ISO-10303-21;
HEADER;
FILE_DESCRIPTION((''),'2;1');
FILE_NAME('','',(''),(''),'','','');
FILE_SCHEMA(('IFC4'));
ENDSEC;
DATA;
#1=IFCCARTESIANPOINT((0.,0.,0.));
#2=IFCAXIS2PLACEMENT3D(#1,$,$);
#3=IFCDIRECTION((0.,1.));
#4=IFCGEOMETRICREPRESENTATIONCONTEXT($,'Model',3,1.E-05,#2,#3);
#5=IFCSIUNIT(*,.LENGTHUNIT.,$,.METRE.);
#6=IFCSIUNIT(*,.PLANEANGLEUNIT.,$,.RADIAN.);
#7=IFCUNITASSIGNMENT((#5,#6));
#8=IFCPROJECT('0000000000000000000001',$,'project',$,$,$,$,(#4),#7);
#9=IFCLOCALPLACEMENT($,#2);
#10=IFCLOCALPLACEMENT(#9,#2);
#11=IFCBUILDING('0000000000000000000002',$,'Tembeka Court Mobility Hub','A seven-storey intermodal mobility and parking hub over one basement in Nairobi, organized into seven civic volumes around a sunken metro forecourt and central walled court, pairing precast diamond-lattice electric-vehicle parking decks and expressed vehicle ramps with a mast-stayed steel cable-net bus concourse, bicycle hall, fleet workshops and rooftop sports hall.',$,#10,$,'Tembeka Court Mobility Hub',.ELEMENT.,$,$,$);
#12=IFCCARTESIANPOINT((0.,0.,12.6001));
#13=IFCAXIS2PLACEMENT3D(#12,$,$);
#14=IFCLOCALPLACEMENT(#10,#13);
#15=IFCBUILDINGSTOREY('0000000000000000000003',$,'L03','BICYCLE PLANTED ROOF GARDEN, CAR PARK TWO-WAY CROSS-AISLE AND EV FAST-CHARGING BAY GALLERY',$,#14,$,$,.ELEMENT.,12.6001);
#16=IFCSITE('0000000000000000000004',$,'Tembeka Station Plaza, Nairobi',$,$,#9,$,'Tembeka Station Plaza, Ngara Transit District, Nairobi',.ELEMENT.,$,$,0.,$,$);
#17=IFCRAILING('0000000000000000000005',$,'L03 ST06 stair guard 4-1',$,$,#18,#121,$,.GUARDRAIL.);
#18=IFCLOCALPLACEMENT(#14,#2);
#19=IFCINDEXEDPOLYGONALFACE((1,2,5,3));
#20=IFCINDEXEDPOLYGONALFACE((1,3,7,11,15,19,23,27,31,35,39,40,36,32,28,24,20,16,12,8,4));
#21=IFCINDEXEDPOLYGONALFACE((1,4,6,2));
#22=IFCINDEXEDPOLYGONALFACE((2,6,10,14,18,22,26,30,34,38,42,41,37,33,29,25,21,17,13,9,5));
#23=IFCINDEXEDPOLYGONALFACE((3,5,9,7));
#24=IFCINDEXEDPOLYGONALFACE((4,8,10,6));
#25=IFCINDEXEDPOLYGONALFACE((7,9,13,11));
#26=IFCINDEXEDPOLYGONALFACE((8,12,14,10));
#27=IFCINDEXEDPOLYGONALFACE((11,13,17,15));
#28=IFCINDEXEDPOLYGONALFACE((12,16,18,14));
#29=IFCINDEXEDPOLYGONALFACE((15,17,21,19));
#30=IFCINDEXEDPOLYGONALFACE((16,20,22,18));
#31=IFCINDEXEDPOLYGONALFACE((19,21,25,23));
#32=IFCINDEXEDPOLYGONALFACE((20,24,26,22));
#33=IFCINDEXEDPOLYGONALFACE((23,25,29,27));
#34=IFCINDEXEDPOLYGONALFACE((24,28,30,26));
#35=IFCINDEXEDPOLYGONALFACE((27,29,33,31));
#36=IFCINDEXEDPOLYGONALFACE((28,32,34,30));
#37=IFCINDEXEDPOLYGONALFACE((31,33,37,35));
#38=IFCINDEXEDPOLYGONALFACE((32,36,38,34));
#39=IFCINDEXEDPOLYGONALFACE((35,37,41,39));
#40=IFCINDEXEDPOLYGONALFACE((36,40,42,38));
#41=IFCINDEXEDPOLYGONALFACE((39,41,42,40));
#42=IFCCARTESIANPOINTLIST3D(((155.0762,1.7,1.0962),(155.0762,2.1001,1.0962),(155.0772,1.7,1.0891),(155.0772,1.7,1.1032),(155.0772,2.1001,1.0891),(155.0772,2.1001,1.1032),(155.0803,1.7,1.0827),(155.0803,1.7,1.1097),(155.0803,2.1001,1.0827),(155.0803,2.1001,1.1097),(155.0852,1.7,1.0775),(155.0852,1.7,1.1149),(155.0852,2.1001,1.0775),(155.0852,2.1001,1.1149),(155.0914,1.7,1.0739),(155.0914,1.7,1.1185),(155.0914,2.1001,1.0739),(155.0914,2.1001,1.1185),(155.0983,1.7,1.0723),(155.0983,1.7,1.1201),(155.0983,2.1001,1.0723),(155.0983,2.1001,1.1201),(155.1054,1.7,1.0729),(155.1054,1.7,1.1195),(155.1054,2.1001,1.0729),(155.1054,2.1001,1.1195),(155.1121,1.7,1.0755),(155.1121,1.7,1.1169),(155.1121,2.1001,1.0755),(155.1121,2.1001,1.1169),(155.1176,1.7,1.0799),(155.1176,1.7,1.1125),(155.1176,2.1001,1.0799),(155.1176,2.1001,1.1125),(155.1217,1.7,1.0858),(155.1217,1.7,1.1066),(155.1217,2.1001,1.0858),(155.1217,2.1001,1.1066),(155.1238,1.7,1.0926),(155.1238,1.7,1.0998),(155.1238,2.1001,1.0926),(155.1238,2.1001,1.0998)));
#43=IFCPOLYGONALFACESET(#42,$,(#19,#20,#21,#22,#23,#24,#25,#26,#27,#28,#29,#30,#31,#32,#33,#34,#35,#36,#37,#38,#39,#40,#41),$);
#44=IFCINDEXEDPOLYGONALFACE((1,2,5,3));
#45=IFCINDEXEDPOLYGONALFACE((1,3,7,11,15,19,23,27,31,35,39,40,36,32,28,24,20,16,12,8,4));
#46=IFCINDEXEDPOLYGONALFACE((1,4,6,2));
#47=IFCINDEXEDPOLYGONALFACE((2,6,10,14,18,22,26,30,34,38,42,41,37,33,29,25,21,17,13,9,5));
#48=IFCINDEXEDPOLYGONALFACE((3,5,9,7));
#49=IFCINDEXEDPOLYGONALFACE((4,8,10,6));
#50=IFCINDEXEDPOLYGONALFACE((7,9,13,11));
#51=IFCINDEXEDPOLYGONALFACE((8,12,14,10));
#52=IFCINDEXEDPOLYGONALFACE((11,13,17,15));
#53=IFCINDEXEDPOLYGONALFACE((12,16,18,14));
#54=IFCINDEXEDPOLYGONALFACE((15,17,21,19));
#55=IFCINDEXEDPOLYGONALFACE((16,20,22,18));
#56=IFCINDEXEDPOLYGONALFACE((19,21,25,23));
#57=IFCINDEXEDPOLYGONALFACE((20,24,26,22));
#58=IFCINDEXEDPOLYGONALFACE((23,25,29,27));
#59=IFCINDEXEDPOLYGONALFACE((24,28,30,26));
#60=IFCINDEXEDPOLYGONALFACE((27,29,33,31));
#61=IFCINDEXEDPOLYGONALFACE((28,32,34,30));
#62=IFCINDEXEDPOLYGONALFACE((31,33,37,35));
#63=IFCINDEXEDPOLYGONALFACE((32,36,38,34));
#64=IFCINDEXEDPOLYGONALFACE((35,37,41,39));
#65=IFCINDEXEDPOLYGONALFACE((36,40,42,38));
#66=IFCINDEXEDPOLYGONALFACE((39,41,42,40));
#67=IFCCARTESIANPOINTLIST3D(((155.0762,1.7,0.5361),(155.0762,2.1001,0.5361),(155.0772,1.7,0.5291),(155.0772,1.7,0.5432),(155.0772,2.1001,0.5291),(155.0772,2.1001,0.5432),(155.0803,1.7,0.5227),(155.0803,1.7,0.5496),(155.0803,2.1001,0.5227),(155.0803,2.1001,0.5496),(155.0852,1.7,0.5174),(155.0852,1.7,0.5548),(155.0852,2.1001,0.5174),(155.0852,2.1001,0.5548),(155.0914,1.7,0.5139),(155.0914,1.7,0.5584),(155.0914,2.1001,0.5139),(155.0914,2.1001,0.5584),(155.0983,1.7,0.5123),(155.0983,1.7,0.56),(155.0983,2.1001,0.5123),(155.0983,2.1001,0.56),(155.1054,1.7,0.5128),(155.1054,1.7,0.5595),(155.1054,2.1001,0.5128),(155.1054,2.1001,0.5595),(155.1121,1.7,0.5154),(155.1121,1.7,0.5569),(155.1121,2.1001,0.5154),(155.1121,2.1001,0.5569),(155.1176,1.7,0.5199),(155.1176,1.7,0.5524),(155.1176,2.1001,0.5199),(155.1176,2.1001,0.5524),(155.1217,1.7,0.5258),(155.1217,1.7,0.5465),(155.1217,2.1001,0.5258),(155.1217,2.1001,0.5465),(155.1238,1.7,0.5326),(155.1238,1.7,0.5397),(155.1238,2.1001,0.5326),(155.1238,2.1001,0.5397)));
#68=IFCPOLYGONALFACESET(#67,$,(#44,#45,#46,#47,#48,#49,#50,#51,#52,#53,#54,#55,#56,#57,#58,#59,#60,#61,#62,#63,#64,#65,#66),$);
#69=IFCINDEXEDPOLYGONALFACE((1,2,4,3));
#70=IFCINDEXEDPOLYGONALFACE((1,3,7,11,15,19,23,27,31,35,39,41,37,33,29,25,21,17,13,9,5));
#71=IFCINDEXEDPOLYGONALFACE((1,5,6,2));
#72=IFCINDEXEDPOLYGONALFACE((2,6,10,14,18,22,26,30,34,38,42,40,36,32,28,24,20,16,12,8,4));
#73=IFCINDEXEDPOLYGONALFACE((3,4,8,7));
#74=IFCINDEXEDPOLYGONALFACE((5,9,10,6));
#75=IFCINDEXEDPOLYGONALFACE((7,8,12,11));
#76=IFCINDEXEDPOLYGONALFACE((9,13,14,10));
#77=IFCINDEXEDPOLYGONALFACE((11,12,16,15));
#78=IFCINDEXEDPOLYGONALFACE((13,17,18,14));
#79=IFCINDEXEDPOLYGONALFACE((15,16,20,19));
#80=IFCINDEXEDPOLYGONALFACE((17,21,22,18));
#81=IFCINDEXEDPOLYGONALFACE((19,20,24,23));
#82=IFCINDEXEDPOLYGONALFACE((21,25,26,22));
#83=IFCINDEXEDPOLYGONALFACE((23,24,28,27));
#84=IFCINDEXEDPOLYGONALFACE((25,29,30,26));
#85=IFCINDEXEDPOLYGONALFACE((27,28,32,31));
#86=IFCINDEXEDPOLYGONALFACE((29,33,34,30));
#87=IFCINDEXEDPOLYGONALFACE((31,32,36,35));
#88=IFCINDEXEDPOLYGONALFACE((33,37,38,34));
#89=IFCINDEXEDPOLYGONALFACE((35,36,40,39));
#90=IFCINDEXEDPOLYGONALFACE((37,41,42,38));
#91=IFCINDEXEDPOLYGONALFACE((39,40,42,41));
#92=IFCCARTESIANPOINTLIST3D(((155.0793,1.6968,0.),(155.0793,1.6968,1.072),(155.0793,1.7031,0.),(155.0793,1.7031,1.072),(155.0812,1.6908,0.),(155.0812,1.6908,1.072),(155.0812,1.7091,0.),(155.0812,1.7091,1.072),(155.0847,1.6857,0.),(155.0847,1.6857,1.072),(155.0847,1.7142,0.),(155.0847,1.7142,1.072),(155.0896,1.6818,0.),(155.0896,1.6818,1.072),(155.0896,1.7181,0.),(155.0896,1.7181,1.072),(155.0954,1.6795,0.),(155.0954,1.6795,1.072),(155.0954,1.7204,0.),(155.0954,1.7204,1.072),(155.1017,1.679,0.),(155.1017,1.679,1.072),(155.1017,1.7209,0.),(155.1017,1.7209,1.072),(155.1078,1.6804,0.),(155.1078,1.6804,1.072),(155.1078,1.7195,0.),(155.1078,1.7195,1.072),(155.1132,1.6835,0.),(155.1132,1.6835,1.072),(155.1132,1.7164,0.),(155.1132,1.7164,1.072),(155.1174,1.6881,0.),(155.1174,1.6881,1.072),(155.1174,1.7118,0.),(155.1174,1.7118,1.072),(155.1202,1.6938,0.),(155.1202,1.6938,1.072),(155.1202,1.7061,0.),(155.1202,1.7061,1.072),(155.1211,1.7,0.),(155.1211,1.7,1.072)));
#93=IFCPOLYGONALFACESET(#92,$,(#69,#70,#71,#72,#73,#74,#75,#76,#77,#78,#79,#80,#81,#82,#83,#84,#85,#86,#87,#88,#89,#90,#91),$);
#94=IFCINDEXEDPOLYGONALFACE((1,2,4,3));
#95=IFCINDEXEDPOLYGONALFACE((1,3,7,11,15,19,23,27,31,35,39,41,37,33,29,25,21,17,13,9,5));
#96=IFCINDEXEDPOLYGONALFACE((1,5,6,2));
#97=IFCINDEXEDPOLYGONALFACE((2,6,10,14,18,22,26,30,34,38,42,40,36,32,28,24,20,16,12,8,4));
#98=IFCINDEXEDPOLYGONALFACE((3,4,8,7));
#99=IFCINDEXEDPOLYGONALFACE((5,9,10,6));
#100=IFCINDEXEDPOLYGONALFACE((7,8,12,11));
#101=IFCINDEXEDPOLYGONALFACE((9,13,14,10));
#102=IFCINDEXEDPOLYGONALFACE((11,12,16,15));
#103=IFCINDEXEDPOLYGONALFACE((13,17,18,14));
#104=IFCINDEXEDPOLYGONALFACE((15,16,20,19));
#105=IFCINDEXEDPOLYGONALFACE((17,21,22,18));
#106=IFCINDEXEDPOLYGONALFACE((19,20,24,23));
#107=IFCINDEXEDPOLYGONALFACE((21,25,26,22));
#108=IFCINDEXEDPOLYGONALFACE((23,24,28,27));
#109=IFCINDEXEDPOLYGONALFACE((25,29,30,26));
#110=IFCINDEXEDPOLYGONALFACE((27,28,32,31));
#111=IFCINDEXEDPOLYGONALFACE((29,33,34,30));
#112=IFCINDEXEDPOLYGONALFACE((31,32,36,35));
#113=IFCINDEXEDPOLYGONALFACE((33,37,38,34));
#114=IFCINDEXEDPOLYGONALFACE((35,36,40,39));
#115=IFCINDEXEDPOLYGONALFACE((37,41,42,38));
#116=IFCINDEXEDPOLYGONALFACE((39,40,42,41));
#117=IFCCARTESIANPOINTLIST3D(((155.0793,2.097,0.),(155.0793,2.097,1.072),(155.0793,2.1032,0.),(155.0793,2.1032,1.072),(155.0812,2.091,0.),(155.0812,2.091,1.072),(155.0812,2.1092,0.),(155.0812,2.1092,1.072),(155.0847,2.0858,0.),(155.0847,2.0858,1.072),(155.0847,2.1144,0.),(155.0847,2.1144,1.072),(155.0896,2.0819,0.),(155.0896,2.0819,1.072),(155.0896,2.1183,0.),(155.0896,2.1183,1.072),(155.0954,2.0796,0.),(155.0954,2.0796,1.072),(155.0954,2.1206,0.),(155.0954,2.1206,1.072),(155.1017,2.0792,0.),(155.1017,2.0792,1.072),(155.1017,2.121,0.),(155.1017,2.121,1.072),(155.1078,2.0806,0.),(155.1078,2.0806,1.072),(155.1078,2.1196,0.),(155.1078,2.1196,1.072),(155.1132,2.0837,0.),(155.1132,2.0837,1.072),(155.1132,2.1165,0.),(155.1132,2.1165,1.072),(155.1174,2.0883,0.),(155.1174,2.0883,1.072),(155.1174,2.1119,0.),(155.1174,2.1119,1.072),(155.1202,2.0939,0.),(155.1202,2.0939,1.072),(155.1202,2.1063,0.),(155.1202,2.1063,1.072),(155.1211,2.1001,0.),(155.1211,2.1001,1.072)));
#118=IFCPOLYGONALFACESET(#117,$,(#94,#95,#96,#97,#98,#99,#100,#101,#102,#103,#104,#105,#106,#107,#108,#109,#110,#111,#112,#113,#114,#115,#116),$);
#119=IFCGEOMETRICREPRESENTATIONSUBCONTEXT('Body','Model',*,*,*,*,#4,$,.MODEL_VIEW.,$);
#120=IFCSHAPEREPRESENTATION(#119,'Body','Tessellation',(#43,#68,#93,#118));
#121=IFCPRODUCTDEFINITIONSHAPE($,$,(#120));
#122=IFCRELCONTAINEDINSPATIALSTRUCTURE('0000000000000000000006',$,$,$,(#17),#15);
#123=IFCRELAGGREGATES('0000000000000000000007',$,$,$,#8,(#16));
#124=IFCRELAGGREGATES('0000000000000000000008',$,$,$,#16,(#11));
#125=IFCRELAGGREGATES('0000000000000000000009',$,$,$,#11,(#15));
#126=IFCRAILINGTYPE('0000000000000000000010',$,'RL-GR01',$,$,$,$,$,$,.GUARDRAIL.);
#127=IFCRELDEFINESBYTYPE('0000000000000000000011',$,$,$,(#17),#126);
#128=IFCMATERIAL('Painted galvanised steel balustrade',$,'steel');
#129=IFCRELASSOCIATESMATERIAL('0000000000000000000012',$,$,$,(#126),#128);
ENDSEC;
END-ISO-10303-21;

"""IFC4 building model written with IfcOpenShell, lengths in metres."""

from ifc_helpers import new_model, si_unit, direction, frame, origin, origin_2d, place, context, subcontext, project, spatial, circle, extrude, material, type_object, element, save


model = new_model("IFC4")

# Units and contexts
model_context = context("Model", 3, precision=1e-05, world=origin(), true_north=direction((0.0, 1.0)))
body_context = subcontext(model_context, "Body", "Model", "MODEL_VIEW")
ifc_project = project(units=[si_unit("LENGTHUNIT", "METRE"), si_unit("PLANEANGLEUNIT", "RADIAN")], contexts=[model_context])

# Site, building, storey
site_placement = place(None, origin())
site = spatial("IfcSite", under=ifc_project, at=site_placement, Name="Tembeka Station Plaza, Nairobi", LongName="Tembeka Station Plaza, Ngara Transit District, Nairobi", CompositionType="ELEMENT", RefElevation=0.0)
building_placement = place(site_placement, origin())
building = spatial("IfcBuilding", under=site, at=building_placement, Name="Tembeka Court Mobility Hub", Description="A seven-storey intermodal mobility and parking hub over one basement in Nairobi, organized into seven civic volumes around a sunken metro forecourt and central walled court, pairing precast diamond-lattice electric-vehicle parking decks and expressed vehicle ramps with a mast-stayed steel cable-net bus concourse, bicycle hall, fleet workshops and rooftop sports hall.", LongName="Tembeka Court Mobility Hub", CompositionType="ELEMENT")
storey_placement = place(building_placement, frame((0.0, 0.0, 12.6001)))
storey = spatial("IfcBuildingStorey", under=building, at=storey_placement, Name="L03", Description="BICYCLE PLANTED ROOF GARDEN, CAR PARK TWO-WAY CROSS-AISLE AND EV FAST-CHARGING BAY GALLERY", CompositionType="ELEMENT", Elevation=12.6001)

# Railing
ifc_material_1 = material(Name="Painted galvanised steel balustrade", Category="steel")
railing_type = type_object("IfcRailingType", Name="RL-GR01", PredefinedType="GUARDRAIL", material=ifc_material_1)
railing_1_placement = place(storey_placement, frame((155.1001, 1.7, 0.0)))
element("IfcRailing", 1, at=railing_1_placement, inside=storey, type_object=railing_type, Name="L03 ST06 stair guard 4-1", PredefinedType="GUARDRAIL", context=body_context, shape_type="SweptSolid", body=[
    extrude(circle(Radius=0.0239, at=origin_2d()), frame((0.0, 0.0, 1.0962), z_axis=(0.0, 1.0, 0.0), x_axis=(-1.0, 0.0, 0.0)), (0.0, 0.0, 1.0), 0.4001),
    extrude(circle(Radius=0.0239, at=origin_2d()), frame((0.0, 0.0, 0.5361), z_axis=(0.0, 1.0, 0.0), x_axis=(-1.0, 0.0, 0.0)), (0.0, 0.0, 1.0), 0.4001),
    extrude(circle(Radius=0.021, at=origin_2d()), origin(), (0.0, 0.0, 1.0), 1.072),
    extrude(circle(Radius=0.021, at=origin_2d()), frame((0.0, 0.4001, 0.0)), (0.0, 0.0, 1.0), 1.072),
])

save(model, "model.ifc")
